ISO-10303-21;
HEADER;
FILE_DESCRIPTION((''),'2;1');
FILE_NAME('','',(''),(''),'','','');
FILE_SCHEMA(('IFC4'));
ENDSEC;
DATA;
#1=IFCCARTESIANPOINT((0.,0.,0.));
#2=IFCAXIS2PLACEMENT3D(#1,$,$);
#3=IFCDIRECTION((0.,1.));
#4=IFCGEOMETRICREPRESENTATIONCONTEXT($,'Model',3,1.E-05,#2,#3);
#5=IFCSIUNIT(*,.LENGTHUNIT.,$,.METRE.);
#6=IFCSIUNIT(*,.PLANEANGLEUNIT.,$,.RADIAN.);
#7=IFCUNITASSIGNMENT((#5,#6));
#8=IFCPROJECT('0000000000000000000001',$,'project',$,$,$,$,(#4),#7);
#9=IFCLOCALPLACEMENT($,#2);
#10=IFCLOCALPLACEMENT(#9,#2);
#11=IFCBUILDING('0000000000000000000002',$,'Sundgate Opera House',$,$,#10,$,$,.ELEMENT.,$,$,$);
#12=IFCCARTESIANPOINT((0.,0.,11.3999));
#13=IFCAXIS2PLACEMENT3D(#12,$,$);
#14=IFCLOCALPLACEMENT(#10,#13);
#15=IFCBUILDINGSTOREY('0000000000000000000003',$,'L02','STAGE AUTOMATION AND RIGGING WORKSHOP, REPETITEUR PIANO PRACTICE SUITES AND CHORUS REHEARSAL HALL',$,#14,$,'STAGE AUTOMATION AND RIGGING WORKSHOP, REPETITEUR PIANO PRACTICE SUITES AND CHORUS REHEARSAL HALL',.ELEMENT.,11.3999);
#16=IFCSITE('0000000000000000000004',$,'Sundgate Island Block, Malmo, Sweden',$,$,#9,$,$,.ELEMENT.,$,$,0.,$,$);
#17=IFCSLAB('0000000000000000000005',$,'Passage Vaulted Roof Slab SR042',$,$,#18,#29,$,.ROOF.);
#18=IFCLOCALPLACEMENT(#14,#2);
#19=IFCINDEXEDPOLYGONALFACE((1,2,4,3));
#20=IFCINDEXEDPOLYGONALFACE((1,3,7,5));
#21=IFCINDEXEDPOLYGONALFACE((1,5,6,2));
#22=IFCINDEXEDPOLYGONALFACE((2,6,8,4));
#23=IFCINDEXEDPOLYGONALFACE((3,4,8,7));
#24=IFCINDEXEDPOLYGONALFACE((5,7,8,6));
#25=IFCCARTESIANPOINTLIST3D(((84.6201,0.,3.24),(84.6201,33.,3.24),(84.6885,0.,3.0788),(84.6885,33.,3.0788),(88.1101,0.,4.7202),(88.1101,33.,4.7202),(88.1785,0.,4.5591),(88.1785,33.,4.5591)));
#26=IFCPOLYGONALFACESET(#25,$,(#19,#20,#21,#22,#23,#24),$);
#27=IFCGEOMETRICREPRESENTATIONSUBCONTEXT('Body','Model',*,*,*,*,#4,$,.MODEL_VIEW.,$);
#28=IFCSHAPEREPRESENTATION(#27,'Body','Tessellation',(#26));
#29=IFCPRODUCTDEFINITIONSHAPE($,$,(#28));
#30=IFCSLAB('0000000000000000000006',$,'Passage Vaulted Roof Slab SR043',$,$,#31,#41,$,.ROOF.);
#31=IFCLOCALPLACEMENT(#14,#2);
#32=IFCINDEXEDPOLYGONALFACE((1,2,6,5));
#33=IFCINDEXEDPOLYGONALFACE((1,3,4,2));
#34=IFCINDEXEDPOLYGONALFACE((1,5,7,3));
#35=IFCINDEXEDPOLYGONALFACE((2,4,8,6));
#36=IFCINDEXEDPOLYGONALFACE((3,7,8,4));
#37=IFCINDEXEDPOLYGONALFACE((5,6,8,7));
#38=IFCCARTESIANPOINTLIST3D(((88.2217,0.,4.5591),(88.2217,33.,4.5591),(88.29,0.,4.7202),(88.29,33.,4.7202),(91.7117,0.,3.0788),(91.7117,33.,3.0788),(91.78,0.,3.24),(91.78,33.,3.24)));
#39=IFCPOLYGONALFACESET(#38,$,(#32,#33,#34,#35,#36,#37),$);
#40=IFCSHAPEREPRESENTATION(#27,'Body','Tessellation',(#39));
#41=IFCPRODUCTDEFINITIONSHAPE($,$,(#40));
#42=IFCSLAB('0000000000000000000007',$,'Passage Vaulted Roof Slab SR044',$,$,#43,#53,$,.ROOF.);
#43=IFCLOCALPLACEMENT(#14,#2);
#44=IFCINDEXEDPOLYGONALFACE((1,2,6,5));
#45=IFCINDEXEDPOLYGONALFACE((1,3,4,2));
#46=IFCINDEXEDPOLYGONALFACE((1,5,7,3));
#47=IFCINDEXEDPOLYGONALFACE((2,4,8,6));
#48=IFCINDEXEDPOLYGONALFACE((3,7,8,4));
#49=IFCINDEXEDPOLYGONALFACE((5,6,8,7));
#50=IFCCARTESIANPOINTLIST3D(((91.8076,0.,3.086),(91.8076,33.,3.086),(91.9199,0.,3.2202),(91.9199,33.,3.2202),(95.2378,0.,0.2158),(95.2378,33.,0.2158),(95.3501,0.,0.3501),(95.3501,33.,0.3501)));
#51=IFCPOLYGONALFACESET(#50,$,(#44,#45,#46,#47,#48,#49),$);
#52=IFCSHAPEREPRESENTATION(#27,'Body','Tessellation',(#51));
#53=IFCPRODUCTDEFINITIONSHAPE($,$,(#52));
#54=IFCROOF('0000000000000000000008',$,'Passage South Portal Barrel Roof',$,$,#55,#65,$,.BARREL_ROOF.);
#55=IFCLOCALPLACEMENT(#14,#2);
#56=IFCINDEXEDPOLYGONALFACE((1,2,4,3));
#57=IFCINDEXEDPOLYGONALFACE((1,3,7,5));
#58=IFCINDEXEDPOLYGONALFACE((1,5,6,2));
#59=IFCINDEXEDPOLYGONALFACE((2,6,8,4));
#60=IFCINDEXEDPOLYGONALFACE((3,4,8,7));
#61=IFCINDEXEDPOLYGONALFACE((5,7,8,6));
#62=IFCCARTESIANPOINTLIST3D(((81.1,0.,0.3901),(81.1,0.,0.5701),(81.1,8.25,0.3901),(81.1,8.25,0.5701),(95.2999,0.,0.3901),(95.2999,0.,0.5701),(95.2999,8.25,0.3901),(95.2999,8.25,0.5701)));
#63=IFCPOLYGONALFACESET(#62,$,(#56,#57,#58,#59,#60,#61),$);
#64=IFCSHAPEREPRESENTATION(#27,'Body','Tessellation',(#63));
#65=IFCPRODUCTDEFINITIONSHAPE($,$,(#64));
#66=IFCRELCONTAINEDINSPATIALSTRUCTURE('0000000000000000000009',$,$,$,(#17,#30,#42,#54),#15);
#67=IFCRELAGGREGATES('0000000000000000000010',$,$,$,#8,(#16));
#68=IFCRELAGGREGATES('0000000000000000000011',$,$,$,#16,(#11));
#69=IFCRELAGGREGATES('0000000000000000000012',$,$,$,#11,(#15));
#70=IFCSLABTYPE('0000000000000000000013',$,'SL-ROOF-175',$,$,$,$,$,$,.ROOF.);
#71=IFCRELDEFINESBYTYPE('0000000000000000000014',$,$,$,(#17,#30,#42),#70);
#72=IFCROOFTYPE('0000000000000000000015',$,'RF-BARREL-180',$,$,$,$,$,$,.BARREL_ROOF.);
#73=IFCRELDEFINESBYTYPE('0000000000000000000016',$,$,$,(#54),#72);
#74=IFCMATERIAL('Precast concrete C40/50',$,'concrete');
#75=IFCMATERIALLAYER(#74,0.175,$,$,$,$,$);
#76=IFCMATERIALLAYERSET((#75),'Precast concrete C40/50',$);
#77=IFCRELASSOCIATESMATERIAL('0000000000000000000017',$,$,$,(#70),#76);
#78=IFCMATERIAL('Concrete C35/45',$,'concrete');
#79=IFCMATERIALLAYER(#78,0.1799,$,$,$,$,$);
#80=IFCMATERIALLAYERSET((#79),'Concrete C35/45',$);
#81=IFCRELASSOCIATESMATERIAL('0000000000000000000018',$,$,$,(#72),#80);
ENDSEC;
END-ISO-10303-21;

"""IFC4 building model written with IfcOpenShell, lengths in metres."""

from ifc_helpers import new_model, si_unit, direction, frame, origin, origin_2d, place, context, subcontext, project, spatial, polyline, rectangle, outline, extrude, material, layer, layer_set, type_object, element, save


model = new_model("IFC4")

# Units and contexts
model_context = context("Model", 3, precision=1e-05, world=origin(), true_north=direction((0.0, 1.0)))
body_context = subcontext(model_context, "Body", "Model", "MODEL_VIEW")
ifc_project = project(units=[si_unit("LENGTHUNIT", "METRE"), si_unit("PLANEANGLEUNIT", "RADIAN")], contexts=[model_context])

# Site, building, storey
site_placement = place(None, origin())
site = spatial("IfcSite", under=ifc_project, at=site_placement, Name="Sundgate Island Block, Malmo, Sweden", CompositionType="ELEMENT", RefElevation=0.0)
building_placement = place(site_placement, origin())
building = spatial("IfcBuilding", under=site, at=building_placement, Name="Sundgate Opera House", CompositionType="ELEMENT")
storey_placement = place(building_placement, frame((0.0, 0.0, 11.3999)))
storey = spatial("IfcBuildingStorey", under=building, at=storey_placement, Name="L02", Description="STAGE AUTOMATION AND RIGGING WORKSHOP, REPETITEUR PIANO PRACTICE SUITES AND CHORUS REHEARSAL HALL", LongName="STAGE AUTOMATION AND RIGGING WORKSHOP, REPETITEUR PIANO PRACTICE SUITES AND CHORUS REHEARSAL HALL", CompositionType="ELEMENT", Elevation=11.3999)

# Slabs
ifc_material_1 = material(Name="Precast concrete C40/50", Category="concrete")
ifc_layer_1 = layer(ifc_material_1, 0.175)
ifc_layer_set_1 = layer_set([ifc_layer_1], Name="Precast concrete C40/50")
slab_type = type_object("IfcSlabType", Name="SL-ROOF-175", PredefinedType="ROOF", material=ifc_layer_set_1)
for number, where, z_axis, x_axis, name in (
    (1, (84.6201, 0.0, 3.24), (-0.390465, 0.0, 0.920618), (0.920618, 0.0, 0.390465), "Passage Vaulted Roof Slab SR042"),
    (2, (88.29, 0.0, 4.7202), (0.390465, 0.0, 0.920618), (0.920618, 0.0, -0.390465), "Passage Vaulted Roof Slab SR043"),
):
    element("IfcSlab", number, at=place(storey_placement, frame(where, z_axis=z_axis, x_axis=x_axis)), inside=storey, type_object=slab_type, Name=name, PredefinedType="ROOF", context=body_context, shape_type="SweptSolid", body=[
        extrude(outline(polyline([(0.0, 0.0), (3.7909, 0.0), (3.7909, 33.0), (0.0, 33.0), (0.0, 0.0)])), origin(), (0.0, 0.0, -1.0), 0.175),
    ])
slab_1_placement = place(storey_placement, frame((91.9199, 0.0, 3.2202), z_axis=(0.641719, 0.0, 0.76694), x_axis=(0.76694, 0.0, -0.641719)))
element("IfcSlab", 3, at=slab_1_placement, inside=storey, type_object=slab_type, Name="Passage Vaulted Roof Slab SR044", PredefinedType="ROOF", context=body_context, shape_type="SweptSolid", body=[
    extrude(outline(polyline([(0.0, 0.0), (4.4725, 0.0), (4.4725, 33.0), (0.0, 33.0), (0.0, 0.0)])), origin(), (0.0, 0.0, -1.0), 0.175),
])

# Roof
ifc_material_2 = material(Name="Concrete C35/45", Category="concrete")
ifc_layer_2 = layer(ifc_material_2, 0.1799)
ifc_layer_set_2 = layer_set([ifc_layer_2], Name="Concrete C35/45")
roof_type = type_object("IfcRoofType", Name="RF-BARREL-180", PredefinedType="BARREL_ROOF", material=ifc_layer_set_2)
roof_placement = place(storey_placement, frame((88.2, 4.125, 0.3901), z_axis=(0.0, 0.0, 1.0), x_axis=(1.0, 0.0, 0.0)))
element("IfcRoof", 4, at=roof_placement, inside=storey, type_object=roof_type, Name="Passage South Portal Barrel Roof", PredefinedType="BARREL_ROOF", context=body_context, shape_type="SweptSolid", body=[
    extrude(rectangle(XDim=14.2, YDim=8.25, at=origin_2d()), origin(), (0.0, 0.0, 1.0), 0.1799),
])

save(model, "model.ifc")
